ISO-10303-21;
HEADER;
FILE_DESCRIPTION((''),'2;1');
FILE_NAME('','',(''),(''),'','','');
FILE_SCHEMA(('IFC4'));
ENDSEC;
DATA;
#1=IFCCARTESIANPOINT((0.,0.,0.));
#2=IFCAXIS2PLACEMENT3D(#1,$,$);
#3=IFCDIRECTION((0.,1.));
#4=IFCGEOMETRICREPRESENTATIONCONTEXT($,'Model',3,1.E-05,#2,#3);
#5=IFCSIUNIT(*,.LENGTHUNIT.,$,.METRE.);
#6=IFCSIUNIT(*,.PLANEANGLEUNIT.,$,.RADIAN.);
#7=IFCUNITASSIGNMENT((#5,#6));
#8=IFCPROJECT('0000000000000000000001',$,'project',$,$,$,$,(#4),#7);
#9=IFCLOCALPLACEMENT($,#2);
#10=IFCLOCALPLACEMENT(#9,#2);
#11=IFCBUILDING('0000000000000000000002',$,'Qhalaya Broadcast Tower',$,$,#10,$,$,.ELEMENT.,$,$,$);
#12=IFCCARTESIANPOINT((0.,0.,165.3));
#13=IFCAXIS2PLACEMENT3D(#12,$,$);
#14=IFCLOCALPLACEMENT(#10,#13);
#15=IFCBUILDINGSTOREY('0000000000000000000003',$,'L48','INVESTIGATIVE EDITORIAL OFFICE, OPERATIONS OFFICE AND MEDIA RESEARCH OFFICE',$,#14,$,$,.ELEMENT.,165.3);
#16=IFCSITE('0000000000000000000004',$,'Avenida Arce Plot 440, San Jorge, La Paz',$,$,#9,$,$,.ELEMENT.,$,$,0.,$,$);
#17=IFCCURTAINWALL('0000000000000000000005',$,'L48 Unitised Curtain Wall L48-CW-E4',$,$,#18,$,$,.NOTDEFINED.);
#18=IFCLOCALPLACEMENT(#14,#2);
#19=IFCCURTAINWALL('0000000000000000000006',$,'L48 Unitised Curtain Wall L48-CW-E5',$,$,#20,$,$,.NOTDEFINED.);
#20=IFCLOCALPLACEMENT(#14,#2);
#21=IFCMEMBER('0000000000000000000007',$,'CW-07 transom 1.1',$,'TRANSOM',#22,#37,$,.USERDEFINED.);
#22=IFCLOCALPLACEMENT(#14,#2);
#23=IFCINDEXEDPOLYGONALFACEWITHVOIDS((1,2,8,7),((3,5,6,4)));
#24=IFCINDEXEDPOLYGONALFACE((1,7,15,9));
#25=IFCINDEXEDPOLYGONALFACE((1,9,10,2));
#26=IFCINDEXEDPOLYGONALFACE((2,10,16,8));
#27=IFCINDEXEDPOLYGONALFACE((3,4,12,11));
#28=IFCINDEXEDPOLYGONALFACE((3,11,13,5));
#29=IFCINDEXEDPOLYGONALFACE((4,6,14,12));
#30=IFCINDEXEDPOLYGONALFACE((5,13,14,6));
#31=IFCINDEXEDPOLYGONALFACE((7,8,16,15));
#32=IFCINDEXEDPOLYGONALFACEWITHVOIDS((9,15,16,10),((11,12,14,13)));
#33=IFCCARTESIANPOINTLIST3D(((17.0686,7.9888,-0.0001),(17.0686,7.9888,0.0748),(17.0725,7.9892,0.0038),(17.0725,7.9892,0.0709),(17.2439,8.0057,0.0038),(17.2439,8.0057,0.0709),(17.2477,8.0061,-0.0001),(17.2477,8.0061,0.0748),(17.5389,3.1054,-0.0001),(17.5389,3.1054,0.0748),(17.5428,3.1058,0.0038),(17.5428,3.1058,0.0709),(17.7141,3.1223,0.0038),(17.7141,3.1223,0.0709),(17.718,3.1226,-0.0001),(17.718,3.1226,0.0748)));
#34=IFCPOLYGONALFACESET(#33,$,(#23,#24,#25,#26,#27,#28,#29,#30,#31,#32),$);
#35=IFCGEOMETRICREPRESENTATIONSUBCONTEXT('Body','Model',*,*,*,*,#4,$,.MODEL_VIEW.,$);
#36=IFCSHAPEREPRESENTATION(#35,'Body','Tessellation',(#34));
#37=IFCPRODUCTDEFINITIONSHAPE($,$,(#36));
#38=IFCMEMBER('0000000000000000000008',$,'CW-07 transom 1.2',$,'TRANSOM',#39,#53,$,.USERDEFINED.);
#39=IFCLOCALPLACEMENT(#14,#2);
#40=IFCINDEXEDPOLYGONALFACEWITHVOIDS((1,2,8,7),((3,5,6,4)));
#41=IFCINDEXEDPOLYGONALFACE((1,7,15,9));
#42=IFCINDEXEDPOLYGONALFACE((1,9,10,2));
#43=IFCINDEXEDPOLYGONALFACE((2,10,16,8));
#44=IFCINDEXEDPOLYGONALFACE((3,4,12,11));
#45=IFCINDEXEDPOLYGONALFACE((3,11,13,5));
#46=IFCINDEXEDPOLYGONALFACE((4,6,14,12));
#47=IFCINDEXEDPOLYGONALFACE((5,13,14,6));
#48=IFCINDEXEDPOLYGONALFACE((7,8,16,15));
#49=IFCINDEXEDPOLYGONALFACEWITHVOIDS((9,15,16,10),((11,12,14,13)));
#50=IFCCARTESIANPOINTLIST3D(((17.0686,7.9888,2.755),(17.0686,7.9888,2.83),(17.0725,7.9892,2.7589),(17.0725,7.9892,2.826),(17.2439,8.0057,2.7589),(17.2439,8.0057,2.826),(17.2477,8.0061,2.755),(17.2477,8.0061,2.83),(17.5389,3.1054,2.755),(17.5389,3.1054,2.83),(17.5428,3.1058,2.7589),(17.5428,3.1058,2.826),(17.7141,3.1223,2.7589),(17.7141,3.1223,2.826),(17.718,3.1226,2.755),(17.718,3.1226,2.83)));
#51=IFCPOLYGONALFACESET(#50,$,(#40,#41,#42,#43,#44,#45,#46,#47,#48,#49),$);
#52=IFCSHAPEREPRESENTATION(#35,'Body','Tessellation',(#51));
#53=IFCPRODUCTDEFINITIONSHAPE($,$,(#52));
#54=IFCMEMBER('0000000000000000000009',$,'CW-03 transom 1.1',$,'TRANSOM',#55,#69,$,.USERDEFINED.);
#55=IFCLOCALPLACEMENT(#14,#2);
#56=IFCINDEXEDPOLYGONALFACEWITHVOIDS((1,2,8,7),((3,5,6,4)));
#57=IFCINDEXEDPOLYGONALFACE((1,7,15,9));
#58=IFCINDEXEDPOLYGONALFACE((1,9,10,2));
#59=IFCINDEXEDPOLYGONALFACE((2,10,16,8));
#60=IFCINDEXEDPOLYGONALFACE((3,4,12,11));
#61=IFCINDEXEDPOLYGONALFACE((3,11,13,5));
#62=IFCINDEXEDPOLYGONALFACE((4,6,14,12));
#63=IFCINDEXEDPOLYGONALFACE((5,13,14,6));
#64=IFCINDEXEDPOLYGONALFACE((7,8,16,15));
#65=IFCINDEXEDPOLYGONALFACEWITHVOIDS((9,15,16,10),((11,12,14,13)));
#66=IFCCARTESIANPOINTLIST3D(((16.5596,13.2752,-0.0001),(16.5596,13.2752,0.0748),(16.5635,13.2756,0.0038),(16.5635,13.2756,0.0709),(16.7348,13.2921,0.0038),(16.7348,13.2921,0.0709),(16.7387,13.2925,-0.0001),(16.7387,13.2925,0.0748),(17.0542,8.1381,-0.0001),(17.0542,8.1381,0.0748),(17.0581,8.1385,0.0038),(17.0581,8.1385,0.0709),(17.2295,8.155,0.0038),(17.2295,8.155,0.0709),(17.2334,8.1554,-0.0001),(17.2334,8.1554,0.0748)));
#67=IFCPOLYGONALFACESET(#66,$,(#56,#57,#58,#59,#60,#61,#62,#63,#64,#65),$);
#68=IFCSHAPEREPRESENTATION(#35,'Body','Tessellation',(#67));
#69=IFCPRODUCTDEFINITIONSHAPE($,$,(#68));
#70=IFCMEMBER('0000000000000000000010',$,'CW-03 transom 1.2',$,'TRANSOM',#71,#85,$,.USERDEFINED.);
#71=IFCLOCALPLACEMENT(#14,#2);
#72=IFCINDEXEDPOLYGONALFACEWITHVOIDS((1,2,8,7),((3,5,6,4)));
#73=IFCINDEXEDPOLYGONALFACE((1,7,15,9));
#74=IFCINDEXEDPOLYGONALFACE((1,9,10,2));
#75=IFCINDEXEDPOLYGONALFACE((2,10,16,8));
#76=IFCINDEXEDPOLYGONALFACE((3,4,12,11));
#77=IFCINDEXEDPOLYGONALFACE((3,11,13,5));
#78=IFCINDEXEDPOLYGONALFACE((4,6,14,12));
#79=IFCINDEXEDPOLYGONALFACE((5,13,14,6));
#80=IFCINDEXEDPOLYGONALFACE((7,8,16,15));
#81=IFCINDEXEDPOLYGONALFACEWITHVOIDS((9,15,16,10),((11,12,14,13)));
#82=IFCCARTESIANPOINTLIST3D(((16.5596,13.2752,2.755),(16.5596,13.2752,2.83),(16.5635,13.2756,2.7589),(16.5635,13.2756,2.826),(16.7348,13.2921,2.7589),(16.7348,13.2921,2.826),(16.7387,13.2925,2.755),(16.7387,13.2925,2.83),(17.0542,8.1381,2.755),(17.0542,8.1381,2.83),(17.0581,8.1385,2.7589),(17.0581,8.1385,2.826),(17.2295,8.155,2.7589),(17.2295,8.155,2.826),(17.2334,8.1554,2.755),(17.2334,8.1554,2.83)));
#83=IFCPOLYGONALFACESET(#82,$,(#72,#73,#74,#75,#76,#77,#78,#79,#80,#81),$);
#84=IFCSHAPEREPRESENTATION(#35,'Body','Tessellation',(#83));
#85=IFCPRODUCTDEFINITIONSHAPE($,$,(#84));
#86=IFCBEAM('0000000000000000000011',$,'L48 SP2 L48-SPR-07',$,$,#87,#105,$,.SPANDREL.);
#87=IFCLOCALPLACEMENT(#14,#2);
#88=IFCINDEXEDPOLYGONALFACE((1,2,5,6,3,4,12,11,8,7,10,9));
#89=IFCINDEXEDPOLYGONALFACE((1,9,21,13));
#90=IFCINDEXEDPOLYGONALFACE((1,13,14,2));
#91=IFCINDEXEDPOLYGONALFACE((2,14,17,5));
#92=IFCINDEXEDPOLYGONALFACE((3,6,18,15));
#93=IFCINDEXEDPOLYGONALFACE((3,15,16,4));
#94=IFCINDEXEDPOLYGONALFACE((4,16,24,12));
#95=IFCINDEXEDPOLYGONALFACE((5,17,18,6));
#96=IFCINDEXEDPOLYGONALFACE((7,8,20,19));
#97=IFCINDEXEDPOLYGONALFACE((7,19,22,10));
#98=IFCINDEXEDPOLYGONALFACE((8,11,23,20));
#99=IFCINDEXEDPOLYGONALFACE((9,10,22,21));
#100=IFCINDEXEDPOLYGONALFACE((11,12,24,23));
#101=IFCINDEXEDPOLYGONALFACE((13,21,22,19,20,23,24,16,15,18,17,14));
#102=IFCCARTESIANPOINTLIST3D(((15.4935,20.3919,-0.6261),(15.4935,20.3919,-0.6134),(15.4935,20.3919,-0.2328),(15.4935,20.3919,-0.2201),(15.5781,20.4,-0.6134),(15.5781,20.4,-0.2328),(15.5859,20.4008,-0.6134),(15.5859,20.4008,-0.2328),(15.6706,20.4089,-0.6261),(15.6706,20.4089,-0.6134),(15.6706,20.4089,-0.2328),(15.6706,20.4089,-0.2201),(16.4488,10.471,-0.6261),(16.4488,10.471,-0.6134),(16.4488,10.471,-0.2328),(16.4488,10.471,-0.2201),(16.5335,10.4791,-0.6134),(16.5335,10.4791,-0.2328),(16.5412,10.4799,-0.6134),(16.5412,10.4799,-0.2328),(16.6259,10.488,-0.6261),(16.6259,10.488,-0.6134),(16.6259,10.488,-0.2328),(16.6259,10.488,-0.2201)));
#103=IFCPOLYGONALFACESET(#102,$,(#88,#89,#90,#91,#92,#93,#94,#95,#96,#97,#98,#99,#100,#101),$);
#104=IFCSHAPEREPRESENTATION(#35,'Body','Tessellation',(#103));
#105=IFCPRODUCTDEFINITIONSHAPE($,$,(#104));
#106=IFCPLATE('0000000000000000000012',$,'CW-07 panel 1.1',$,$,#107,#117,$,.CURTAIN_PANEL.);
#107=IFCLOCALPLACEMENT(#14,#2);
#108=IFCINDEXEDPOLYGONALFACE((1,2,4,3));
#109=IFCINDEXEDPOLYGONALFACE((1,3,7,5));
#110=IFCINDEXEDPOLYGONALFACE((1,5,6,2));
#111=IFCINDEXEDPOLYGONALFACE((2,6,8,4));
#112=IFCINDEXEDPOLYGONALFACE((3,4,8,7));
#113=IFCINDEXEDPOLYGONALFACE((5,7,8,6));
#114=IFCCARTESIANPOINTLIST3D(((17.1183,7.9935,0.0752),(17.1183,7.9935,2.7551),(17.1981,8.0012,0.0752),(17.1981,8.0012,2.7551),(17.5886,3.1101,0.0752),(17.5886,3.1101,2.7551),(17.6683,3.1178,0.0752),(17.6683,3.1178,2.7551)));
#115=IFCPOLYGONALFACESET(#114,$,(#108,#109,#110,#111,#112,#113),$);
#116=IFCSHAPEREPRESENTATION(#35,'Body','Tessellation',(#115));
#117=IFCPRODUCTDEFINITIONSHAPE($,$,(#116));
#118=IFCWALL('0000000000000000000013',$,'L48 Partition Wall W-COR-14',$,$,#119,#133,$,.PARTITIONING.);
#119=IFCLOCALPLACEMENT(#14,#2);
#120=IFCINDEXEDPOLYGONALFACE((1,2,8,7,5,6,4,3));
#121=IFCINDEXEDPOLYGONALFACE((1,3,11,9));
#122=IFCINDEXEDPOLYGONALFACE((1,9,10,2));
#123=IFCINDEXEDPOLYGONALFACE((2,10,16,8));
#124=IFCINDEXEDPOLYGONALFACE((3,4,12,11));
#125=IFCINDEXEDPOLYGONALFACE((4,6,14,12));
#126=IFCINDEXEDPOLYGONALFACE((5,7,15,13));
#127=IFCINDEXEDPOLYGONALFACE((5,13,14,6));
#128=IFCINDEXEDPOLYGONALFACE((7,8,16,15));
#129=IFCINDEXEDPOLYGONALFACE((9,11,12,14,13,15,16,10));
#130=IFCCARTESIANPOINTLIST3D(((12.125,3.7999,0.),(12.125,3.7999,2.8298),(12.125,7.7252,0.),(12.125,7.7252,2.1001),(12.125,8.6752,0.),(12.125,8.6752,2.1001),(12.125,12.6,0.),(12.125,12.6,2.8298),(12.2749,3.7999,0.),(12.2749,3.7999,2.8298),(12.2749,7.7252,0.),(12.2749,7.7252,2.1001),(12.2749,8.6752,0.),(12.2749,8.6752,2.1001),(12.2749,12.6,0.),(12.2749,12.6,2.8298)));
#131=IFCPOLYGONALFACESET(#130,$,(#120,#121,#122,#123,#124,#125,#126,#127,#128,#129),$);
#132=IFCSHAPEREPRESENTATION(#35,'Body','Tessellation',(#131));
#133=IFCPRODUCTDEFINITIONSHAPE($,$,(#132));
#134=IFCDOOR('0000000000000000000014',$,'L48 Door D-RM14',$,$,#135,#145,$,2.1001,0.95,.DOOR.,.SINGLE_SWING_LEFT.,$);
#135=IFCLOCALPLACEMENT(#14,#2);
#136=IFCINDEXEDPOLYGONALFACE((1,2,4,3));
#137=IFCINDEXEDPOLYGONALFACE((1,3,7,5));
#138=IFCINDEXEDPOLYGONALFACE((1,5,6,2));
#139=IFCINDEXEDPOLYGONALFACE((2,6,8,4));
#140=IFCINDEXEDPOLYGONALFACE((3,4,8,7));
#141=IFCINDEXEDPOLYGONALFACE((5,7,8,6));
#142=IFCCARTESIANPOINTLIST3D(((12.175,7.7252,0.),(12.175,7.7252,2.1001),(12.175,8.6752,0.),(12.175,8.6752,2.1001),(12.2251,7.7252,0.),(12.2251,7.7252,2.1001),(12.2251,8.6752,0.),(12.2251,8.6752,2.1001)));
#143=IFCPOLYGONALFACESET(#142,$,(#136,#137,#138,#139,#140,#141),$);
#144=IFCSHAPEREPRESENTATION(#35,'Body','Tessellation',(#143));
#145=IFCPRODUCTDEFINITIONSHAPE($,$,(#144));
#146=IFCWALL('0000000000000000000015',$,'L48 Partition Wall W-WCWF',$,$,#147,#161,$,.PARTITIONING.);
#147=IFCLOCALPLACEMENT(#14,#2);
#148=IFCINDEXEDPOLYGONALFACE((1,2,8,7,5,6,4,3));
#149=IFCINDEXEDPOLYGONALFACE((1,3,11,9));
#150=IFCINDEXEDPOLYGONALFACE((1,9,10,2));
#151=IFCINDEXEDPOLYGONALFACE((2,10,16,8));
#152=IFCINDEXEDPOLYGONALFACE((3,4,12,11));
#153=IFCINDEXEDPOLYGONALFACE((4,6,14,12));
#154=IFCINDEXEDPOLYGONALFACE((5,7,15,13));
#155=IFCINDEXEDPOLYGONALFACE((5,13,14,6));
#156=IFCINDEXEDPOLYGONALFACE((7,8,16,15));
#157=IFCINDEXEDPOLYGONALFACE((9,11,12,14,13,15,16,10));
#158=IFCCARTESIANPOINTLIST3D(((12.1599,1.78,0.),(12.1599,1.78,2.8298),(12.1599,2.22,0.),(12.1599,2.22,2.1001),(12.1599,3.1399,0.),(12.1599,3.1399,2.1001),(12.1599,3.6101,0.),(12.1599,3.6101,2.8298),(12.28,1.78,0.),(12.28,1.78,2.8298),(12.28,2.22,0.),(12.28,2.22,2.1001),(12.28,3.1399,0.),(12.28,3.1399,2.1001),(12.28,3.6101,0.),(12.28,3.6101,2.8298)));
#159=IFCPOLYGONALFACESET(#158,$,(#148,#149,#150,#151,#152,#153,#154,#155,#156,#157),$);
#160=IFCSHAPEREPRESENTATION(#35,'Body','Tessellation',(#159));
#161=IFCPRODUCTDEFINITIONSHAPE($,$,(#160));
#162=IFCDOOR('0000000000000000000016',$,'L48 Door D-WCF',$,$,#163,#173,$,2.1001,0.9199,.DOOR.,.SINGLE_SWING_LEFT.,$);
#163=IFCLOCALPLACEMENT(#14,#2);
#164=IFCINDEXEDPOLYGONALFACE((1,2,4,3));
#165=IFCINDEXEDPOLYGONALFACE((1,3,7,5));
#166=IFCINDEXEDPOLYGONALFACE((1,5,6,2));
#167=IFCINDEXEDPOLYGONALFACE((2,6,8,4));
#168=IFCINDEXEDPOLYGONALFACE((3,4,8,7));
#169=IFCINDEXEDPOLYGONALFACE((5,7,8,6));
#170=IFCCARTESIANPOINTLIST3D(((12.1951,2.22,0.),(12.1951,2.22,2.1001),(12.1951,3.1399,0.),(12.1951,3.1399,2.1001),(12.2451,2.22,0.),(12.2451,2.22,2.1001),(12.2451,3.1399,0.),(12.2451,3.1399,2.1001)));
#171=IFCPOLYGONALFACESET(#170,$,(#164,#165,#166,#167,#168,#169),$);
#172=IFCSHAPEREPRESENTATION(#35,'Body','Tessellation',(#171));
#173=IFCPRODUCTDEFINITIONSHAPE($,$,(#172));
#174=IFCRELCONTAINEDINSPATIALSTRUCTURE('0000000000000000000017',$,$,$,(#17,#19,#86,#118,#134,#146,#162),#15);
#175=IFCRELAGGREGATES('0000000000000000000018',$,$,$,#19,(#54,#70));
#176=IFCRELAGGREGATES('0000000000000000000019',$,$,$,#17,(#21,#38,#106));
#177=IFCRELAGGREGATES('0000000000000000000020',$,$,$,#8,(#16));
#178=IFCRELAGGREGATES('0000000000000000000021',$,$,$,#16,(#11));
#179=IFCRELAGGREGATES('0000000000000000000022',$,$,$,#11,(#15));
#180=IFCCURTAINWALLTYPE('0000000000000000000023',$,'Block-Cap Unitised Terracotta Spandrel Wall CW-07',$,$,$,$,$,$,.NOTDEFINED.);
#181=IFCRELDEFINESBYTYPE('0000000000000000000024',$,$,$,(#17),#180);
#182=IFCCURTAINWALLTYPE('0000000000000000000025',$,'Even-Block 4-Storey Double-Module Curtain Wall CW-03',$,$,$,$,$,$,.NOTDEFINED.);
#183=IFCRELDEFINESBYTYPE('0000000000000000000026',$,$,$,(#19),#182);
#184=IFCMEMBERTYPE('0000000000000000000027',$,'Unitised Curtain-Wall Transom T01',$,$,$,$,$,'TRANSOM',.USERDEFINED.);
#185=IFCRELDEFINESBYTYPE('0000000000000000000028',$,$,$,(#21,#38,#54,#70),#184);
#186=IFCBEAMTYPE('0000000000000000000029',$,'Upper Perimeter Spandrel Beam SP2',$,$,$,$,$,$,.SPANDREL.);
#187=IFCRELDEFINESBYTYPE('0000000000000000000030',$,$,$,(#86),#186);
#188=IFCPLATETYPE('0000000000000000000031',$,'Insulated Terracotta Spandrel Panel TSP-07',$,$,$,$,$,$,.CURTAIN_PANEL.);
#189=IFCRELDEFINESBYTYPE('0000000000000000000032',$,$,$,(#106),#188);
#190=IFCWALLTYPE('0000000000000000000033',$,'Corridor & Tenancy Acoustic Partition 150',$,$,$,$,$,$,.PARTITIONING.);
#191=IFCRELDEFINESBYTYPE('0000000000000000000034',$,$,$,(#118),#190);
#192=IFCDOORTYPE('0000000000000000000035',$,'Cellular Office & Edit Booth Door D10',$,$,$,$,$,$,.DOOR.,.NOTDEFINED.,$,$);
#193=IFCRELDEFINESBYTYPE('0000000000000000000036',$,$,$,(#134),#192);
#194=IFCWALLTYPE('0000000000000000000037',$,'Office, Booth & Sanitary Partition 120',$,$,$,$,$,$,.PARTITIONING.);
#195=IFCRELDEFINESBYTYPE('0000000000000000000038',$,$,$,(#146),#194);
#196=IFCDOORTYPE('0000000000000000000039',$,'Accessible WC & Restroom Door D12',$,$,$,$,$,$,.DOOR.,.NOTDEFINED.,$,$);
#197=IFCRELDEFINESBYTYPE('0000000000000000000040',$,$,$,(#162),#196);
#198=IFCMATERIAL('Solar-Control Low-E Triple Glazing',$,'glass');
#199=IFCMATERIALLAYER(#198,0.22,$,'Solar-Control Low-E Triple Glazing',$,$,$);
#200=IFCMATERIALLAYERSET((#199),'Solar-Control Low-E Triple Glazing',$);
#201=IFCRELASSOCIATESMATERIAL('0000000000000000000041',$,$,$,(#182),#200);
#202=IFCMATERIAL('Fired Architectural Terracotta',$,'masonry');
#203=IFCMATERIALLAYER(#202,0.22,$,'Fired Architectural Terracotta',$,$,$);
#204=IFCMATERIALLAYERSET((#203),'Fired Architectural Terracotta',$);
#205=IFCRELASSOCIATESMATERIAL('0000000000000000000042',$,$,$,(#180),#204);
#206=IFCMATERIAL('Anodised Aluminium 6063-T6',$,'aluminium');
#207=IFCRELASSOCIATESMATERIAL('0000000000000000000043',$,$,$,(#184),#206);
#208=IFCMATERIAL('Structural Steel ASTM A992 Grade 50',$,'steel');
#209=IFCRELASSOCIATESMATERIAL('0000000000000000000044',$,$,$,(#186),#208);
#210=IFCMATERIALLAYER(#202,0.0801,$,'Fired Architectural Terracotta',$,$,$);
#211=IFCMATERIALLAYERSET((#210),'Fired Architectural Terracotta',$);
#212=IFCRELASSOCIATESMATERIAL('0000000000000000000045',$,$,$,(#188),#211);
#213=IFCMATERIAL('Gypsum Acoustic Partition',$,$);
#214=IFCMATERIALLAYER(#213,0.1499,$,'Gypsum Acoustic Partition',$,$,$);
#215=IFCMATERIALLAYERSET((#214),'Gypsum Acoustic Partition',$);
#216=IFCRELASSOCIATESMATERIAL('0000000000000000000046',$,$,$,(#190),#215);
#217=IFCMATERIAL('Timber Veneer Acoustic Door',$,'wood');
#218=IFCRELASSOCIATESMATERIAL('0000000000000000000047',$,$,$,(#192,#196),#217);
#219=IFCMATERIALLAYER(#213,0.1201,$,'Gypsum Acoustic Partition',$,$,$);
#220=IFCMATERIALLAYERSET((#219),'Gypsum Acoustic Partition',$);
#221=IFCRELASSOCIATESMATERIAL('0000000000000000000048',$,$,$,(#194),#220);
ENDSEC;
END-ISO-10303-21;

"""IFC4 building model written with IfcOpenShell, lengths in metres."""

from ifc_helpers import new_model, si_unit, direction, frame, frame_2d, origin, origin_2d, place, context, subcontext, project, spatial, rectangle, hollow_rectangle, i_section, extrude, material, layer, layer_set, material_profile, profile_set, type_object, element, fill, aggregate, save


model = new_model("IFC4")

# Units and contexts
model_context = context("Model", 3, precision=1e-05, world=origin(), true_north=direction((0.0, 1.0)))
body_context = subcontext(model_context, "Body", "Model", "MODEL_VIEW")
ifc_project = project(units=[si_unit("LENGTHUNIT", "METRE"), si_unit("PLANEANGLEUNIT", "RADIAN")], contexts=[model_context])

# Site, building, storey
site_placement = place(None, origin())
site = spatial("IfcSite", under=ifc_project, at=site_placement, Name="Avenida Arce Plot 440, San Jorge, La Paz", CompositionType="ELEMENT", RefElevation=0.0)
building_placement = place(site_placement, origin())
building = spatial("IfcBuilding", under=site, at=building_placement, Name="Qhalaya Broadcast Tower", CompositionType="ELEMENT")
storey_placement = place(building_placement, frame((0.0, 0.0, 165.3)))
storey = spatial("IfcBuildingStorey", under=building, at=storey_placement, Name="L48", Description="INVESTIGATIVE EDITORIAL OFFICE, OPERATIONS OFFICE AND MEDIA RESEARCH OFFICE", CompositionType="ELEMENT", Elevation=165.3)

# Shared definitions
ifc_material_1 = material(Name="Structural Steel ASTM A992 Grade 50", Category="steel")

# Shared definitions
ifc_material_2 = material(Name="Solar-Control Low-E Triple Glazing", Category="glass")
ifc_layer_1 = layer(ifc_material_2, 0.22, Name="Solar-Control Low-E Triple Glazing")
ifc_layer_set_1 = layer_set([ifc_layer_1], Name="Solar-Control Low-E Triple Glazing")
curtain_wall_type_1 = type_object("IfcCurtainWallType", Name="Even-Block 4-Storey Double-Module Curtain Wall CW-03", PredefinedType="NOTDEFINED", material=ifc_layer_set_1)
ifc_material_3 = material(Name="Anodised Aluminium 6063-T6", Category="aluminium")

# Curtain wall
ifc_material_4 = material(Name="Fired Architectural Terracotta", Category="masonry")
ifc_layer_2 = layer(ifc_material_4, 0.22, Name="Fired Architectural Terracotta")
ifc_layer_set_2 = layer_set([ifc_layer_2], Name="Fired Architectural Terracotta")
curtain_wall_type_2 = type_object("IfcCurtainWallType", Name="Block-Cap Unitised Terracotta Spandrel Wall CW-07", PredefinedType="NOTDEFINED", material=ifc_layer_set_2)
curtain_wall_1_placement = place(storey_placement, origin())
curtain_wall_1 = element("IfcCurtainWall", 1, at=curtain_wall_1_placement, inside=storey, type_object=curtain_wall_type_2, Name="L48 Unitised Curtain Wall L48-CW-E4", PredefinedType="NOTDEFINED")

# Curtain wall
curtain_wall_2_placement = place(storey_placement, origin())
curtain_wall_2 = element("IfcCurtainWall", 2, at=curtain_wall_2_placement, inside=storey, type_object=curtain_wall_type_1, Name="L48 Unitised Curtain Wall L48-CW-E5", PredefinedType="NOTDEFINED")

# Members
ifc_material_profile_1 = material_profile(ifc_material_3, hollow_rectangle(XDim=0.075, YDim=0.1799, WallThickness=0.0039, at=origin_2d()), Name="ALU-TRN 75x180x4")
ifc_profile_set_1 = profile_set([ifc_material_profile_1], Name="Anodised Aluminium 6063-T6")
member_type_1 = type_object("IfcMemberType", Name="Unitised Curtain-Wall Transom T01", ElementType="TRANSOM", PredefinedType="USERDEFINED", material=ifc_profile_set_1)
member_1_placement = place(storey_placement, frame((17.6284, 3.114, 0.0374), z_axis=(-0.095847, 0.995396, 0.0), x_axis=(0.0, 0.0, 1.0)))
member_1 = element("IfcMember", 3, at=member_1_placement, type_object=member_type_1, Name="CW-07 transom 1.1", ObjectType="TRANSOM", PredefinedType="USERDEFINED", context=body_context, shape_type="SweptSolid", body=[
    extrude(hollow_rectangle(XDim=0.075, YDim=0.1799, WallThickness=0.0039, at=origin_2d()), origin(), (0.0, 0.0, 1.0), 4.906),
])
member_2_placement = place(storey_placement, frame((17.6284, 3.114, 2.7925), z_axis=(-0.095847, 0.995396, 0.0), x_axis=(0.0, 0.0, 1.0)))
member_2 = element("IfcMember", 4, at=member_2_placement, type_object=member_type_1, Name="CW-07 transom 1.2", ObjectType="TRANSOM", PredefinedType="USERDEFINED", context=body_context, shape_type="SweptSolid", body=[
    extrude(hollow_rectangle(XDim=0.075, YDim=0.1799, WallThickness=0.0039, at=origin_2d()), origin(), (0.0, 0.0, 1.0), 4.906),
])
member_3_placement = place(storey_placement, frame((17.1438, 8.1467, 0.0374), z_axis=(-0.09584, 0.995397, 0.0), x_axis=(0.0, 0.0, 1.0)))
member_3 = element("IfcMember", 5, at=member_3_placement, type_object=member_type_1, Name="CW-03 transom 1.1", ObjectType="TRANSOM", PredefinedType="USERDEFINED", context=body_context, shape_type="SweptSolid", body=[
    extrude(hollow_rectangle(XDim=0.075, YDim=0.1799, WallThickness=0.0039, at=origin_2d()), origin(), (0.0, 0.0, 1.0), 5.1609),
])
member_4_placement = place(storey_placement, frame((17.1438, 8.1467, 2.7925), z_axis=(-0.09584, 0.995397, 0.0), x_axis=(0.0, 0.0, 1.0)))
member_4 = element("IfcMember", 6, at=member_4_placement, type_object=member_type_1, Name="CW-03 transom 1.2", ObjectType="TRANSOM", PredefinedType="USERDEFINED", context=body_context, shape_type="SweptSolid", body=[
    extrude(hollow_rectangle(XDim=0.075, YDim=0.1799, WallThickness=0.0039, at=origin_2d()), origin(), (0.0, 0.0, 1.0), 5.1609),
])
aggregate(curtain_wall_2, [member_3, member_4])

# Beam
ifc_material_profile_2 = material_profile(ifc_material_1, i_section(OverallWidth=0.178, OverallDepth=0.406, WebThickness=0.0078, FlangeThickness=0.0127, at=origin_2d()), Name="W16X40")
ifc_profile_set_2 = profile_set([ifc_material_profile_2], Name="Structural Steel ASTM A992 Grade 50")
beam_type_1 = type_object("IfcBeamType", Name="Upper Perimeter Spandrel Beam SP2", PredefinedType="SPANDREL", material=ifc_profile_set_2)
beam_1_placement = place(storey_placement, frame((16.5374, 10.4795, -0.4231), z_axis=(-0.095851, 0.995396, 0.0), x_axis=(-0.995396, -0.095851, 0.0)))
element("IfcBeam", 7, at=beam_1_placement, inside=storey, type_object=beam_type_1, Name="L48 SP2 L48-SPR-07", PredefinedType="SPANDREL", context=body_context, shape_type="SweptSolid", body=[
    extrude(i_section(OverallWidth=0.178, OverallDepth=0.406, WebThickness=0.0078, FlangeThickness=0.0127, at=origin_2d()), origin(), (0.0, 0.0, 1.0), 9.9668),
])

# Plate
ifc_layer_3 = layer(ifc_material_4, 0.0801, Name="Fired Architectural Terracotta")
ifc_layer_set_3 = layer_set([ifc_layer_3], Name="Fired Architectural Terracotta")
plate_type = type_object("IfcPlateType", Name="Insulated Terracotta Spandrel Panel TSP-07", PredefinedType="CURTAIN_PANEL", material=ifc_layer_set_3)
plate_placement = place(storey_placement, frame((17.3933, 5.5557, 0.0752), z_axis=(0.0, 0.0, 1.0), x_axis=(-0.095847, 0.995396, 0.0)))
plate = element("IfcPlate", 8, at=plate_placement, type_object=plate_type, Name="CW-07 panel 1.1", PredefinedType="CURTAIN_PANEL", context=body_context, shape_type="SweptSolid", body=[
    extrude(rectangle(XDim=4.906, YDim=0.0801, at=origin_2d()), origin(), (0.0, 0.0, 1.0), 2.6799),
])
aggregate(curtain_wall_1, [member_1, member_2, plate])

# Walls, openings, doors
ifc_material_5 = material(Name="Gypsum Acoustic Partition")
ifc_layer_4 = layer(ifc_material_5, 0.1499, Name="Gypsum Acoustic Partition")
ifc_layer_set_4 = layer_set([ifc_layer_4], Name="Gypsum Acoustic Partition")
wall_type_1 = type_object("IfcWallType", Name="Corridor & Tenancy Acoustic Partition 150", PredefinedType="PARTITIONING", material=ifc_layer_set_4)
wall_1_placement = place(storey_placement, frame((12.2, 3.8, 0.0), z_axis=(0.0, 0.0, 1.0), x_axis=(0.0, 1.0, 0.0)))
wall_1 = element("IfcWall", 9, at=wall_1_placement, inside=storey, type_object=wall_type_1, Name="L48 Partition Wall W-COR-14", PredefinedType="PARTITIONING", context=body_context, shape_type="SweptSolid", body=[
    extrude(rectangle(XDim=8.8, YDim=0.1499, at=frame_2d((4.3999, 0.0))), origin(), (0.0, 0.0, 1.0), 2.8298),
])
opening_1_placement = place(wall_1_placement, frame((3.925, 0.0, 0.0)))
opening_1 = element("IfcOpeningElement", 10, at=opening_1_placement, cuts=wall_1, PredefinedType="OPENING", context=body_context, shape_type="SweptSolid", body=[
    extrude(rectangle(XDim=0.95, YDim=2.1001, at=frame_2d((0.4751, 1.05))), frame((0.0, 0.0869, 0.0), z_axis=(0.0, -1.0, 0.0), x_axis=(1.0, 0.0, 0.0)), (0.0, 0.0, 1.0), 0.1738),
])
ifc_material_6 = material(Name="Timber Veneer Acoustic Door", Category="wood")
door_type_1 = type_object("IfcDoorType", Name="Cellular Office & Edit Booth Door D10", OperationType="NOTDEFINED", PredefinedType="DOOR", material=ifc_material_6)
door_1_placement = place(opening_1_placement, origin())
door_1 = element("IfcDoor", 11, at=door_1_placement, inside=storey, type_object=door_type_1, Name="L48 Door D-RM14", OperationType="SINGLE_SWING_LEFT", OverallHeight=2.1001, OverallWidth=0.95, PredefinedType="DOOR", context=body_context, shape_type="SweptSolid", body=[
    extrude(rectangle(XDim=0.95, YDim=2.1001, at=frame_2d((0.4751, 1.05))), frame((0.0, 0.0249, 0.0), z_axis=(0.0, -1.0, 0.0), x_axis=(1.0, 0.0, 0.0)), (0.0, 0.0, 1.0), 0.05),
])
fill(opening_1, door_1)
ifc_layer_5 = layer(ifc_material_5, 0.1201, Name="Gypsum Acoustic Partition")
ifc_layer_set_5 = layer_set([ifc_layer_5], Name="Gypsum Acoustic Partition")
wall_type_2 = type_object("IfcWallType", Name="Office, Booth & Sanitary Partition 120", PredefinedType="PARTITIONING", material=ifc_layer_set_5)
wall_2_placement = place(storey_placement, frame((12.22, 1.78, 0.0), z_axis=(0.0, 0.0, 1.0), x_axis=(0.0, 1.0, 0.0)))
wall_2 = element("IfcWall", 12, at=wall_2_placement, inside=storey, type_object=wall_type_2, Name="L48 Partition Wall W-WCWF", PredefinedType="PARTITIONING", context=body_context, shape_type="SweptSolid", body=[
    extrude(rectangle(XDim=1.8301, YDim=0.1201, at=frame_2d((0.915, 0.0))), origin(), (0.0, 0.0, 1.0), 2.8298),
])
opening_2_placement = place(wall_2_placement, frame((0.4399, 0.0, 0.0)))
opening_2 = element("IfcOpeningElement", 13, at=opening_2_placement, cuts=wall_2, PredefinedType="OPENING", context=body_context, shape_type="SweptSolid", body=[
    extrude(rectangle(XDim=0.9199, YDim=2.1001, at=frame_2d((0.46, 1.05))), frame((0.0, 0.072, 0.0), z_axis=(0.0, -1.0, 0.0), x_axis=(1.0, 0.0, 0.0)), (0.0, 0.0, 1.0), 0.144),
])
door_type_2 = type_object("IfcDoorType", Name="Accessible WC & Restroom Door D12", OperationType="NOTDEFINED", PredefinedType="DOOR", material=ifc_material_6)
door_2_placement = place(opening_2_placement, origin())
door_2 = element("IfcDoor", 14, at=door_2_placement, inside=storey, type_object=door_type_2, Name="L48 Door D-WCF", OperationType="SINGLE_SWING_LEFT", OverallHeight=2.1001, OverallWidth=0.9199, PredefinedType="DOOR", context=body_context, shape_type="SweptSolid", body=[
    extrude(rectangle(XDim=0.9199, YDim=2.1001, at=frame_2d((0.46, 1.05))), frame((0.0, 0.0249, 0.0), z_axis=(0.0, -1.0, 0.0), x_axis=(1.0, 0.0, 0.0)), (0.0, 0.0, 1.0), 0.05),
])
fill(opening_2, door_2)

save(model, "model.ifc")
